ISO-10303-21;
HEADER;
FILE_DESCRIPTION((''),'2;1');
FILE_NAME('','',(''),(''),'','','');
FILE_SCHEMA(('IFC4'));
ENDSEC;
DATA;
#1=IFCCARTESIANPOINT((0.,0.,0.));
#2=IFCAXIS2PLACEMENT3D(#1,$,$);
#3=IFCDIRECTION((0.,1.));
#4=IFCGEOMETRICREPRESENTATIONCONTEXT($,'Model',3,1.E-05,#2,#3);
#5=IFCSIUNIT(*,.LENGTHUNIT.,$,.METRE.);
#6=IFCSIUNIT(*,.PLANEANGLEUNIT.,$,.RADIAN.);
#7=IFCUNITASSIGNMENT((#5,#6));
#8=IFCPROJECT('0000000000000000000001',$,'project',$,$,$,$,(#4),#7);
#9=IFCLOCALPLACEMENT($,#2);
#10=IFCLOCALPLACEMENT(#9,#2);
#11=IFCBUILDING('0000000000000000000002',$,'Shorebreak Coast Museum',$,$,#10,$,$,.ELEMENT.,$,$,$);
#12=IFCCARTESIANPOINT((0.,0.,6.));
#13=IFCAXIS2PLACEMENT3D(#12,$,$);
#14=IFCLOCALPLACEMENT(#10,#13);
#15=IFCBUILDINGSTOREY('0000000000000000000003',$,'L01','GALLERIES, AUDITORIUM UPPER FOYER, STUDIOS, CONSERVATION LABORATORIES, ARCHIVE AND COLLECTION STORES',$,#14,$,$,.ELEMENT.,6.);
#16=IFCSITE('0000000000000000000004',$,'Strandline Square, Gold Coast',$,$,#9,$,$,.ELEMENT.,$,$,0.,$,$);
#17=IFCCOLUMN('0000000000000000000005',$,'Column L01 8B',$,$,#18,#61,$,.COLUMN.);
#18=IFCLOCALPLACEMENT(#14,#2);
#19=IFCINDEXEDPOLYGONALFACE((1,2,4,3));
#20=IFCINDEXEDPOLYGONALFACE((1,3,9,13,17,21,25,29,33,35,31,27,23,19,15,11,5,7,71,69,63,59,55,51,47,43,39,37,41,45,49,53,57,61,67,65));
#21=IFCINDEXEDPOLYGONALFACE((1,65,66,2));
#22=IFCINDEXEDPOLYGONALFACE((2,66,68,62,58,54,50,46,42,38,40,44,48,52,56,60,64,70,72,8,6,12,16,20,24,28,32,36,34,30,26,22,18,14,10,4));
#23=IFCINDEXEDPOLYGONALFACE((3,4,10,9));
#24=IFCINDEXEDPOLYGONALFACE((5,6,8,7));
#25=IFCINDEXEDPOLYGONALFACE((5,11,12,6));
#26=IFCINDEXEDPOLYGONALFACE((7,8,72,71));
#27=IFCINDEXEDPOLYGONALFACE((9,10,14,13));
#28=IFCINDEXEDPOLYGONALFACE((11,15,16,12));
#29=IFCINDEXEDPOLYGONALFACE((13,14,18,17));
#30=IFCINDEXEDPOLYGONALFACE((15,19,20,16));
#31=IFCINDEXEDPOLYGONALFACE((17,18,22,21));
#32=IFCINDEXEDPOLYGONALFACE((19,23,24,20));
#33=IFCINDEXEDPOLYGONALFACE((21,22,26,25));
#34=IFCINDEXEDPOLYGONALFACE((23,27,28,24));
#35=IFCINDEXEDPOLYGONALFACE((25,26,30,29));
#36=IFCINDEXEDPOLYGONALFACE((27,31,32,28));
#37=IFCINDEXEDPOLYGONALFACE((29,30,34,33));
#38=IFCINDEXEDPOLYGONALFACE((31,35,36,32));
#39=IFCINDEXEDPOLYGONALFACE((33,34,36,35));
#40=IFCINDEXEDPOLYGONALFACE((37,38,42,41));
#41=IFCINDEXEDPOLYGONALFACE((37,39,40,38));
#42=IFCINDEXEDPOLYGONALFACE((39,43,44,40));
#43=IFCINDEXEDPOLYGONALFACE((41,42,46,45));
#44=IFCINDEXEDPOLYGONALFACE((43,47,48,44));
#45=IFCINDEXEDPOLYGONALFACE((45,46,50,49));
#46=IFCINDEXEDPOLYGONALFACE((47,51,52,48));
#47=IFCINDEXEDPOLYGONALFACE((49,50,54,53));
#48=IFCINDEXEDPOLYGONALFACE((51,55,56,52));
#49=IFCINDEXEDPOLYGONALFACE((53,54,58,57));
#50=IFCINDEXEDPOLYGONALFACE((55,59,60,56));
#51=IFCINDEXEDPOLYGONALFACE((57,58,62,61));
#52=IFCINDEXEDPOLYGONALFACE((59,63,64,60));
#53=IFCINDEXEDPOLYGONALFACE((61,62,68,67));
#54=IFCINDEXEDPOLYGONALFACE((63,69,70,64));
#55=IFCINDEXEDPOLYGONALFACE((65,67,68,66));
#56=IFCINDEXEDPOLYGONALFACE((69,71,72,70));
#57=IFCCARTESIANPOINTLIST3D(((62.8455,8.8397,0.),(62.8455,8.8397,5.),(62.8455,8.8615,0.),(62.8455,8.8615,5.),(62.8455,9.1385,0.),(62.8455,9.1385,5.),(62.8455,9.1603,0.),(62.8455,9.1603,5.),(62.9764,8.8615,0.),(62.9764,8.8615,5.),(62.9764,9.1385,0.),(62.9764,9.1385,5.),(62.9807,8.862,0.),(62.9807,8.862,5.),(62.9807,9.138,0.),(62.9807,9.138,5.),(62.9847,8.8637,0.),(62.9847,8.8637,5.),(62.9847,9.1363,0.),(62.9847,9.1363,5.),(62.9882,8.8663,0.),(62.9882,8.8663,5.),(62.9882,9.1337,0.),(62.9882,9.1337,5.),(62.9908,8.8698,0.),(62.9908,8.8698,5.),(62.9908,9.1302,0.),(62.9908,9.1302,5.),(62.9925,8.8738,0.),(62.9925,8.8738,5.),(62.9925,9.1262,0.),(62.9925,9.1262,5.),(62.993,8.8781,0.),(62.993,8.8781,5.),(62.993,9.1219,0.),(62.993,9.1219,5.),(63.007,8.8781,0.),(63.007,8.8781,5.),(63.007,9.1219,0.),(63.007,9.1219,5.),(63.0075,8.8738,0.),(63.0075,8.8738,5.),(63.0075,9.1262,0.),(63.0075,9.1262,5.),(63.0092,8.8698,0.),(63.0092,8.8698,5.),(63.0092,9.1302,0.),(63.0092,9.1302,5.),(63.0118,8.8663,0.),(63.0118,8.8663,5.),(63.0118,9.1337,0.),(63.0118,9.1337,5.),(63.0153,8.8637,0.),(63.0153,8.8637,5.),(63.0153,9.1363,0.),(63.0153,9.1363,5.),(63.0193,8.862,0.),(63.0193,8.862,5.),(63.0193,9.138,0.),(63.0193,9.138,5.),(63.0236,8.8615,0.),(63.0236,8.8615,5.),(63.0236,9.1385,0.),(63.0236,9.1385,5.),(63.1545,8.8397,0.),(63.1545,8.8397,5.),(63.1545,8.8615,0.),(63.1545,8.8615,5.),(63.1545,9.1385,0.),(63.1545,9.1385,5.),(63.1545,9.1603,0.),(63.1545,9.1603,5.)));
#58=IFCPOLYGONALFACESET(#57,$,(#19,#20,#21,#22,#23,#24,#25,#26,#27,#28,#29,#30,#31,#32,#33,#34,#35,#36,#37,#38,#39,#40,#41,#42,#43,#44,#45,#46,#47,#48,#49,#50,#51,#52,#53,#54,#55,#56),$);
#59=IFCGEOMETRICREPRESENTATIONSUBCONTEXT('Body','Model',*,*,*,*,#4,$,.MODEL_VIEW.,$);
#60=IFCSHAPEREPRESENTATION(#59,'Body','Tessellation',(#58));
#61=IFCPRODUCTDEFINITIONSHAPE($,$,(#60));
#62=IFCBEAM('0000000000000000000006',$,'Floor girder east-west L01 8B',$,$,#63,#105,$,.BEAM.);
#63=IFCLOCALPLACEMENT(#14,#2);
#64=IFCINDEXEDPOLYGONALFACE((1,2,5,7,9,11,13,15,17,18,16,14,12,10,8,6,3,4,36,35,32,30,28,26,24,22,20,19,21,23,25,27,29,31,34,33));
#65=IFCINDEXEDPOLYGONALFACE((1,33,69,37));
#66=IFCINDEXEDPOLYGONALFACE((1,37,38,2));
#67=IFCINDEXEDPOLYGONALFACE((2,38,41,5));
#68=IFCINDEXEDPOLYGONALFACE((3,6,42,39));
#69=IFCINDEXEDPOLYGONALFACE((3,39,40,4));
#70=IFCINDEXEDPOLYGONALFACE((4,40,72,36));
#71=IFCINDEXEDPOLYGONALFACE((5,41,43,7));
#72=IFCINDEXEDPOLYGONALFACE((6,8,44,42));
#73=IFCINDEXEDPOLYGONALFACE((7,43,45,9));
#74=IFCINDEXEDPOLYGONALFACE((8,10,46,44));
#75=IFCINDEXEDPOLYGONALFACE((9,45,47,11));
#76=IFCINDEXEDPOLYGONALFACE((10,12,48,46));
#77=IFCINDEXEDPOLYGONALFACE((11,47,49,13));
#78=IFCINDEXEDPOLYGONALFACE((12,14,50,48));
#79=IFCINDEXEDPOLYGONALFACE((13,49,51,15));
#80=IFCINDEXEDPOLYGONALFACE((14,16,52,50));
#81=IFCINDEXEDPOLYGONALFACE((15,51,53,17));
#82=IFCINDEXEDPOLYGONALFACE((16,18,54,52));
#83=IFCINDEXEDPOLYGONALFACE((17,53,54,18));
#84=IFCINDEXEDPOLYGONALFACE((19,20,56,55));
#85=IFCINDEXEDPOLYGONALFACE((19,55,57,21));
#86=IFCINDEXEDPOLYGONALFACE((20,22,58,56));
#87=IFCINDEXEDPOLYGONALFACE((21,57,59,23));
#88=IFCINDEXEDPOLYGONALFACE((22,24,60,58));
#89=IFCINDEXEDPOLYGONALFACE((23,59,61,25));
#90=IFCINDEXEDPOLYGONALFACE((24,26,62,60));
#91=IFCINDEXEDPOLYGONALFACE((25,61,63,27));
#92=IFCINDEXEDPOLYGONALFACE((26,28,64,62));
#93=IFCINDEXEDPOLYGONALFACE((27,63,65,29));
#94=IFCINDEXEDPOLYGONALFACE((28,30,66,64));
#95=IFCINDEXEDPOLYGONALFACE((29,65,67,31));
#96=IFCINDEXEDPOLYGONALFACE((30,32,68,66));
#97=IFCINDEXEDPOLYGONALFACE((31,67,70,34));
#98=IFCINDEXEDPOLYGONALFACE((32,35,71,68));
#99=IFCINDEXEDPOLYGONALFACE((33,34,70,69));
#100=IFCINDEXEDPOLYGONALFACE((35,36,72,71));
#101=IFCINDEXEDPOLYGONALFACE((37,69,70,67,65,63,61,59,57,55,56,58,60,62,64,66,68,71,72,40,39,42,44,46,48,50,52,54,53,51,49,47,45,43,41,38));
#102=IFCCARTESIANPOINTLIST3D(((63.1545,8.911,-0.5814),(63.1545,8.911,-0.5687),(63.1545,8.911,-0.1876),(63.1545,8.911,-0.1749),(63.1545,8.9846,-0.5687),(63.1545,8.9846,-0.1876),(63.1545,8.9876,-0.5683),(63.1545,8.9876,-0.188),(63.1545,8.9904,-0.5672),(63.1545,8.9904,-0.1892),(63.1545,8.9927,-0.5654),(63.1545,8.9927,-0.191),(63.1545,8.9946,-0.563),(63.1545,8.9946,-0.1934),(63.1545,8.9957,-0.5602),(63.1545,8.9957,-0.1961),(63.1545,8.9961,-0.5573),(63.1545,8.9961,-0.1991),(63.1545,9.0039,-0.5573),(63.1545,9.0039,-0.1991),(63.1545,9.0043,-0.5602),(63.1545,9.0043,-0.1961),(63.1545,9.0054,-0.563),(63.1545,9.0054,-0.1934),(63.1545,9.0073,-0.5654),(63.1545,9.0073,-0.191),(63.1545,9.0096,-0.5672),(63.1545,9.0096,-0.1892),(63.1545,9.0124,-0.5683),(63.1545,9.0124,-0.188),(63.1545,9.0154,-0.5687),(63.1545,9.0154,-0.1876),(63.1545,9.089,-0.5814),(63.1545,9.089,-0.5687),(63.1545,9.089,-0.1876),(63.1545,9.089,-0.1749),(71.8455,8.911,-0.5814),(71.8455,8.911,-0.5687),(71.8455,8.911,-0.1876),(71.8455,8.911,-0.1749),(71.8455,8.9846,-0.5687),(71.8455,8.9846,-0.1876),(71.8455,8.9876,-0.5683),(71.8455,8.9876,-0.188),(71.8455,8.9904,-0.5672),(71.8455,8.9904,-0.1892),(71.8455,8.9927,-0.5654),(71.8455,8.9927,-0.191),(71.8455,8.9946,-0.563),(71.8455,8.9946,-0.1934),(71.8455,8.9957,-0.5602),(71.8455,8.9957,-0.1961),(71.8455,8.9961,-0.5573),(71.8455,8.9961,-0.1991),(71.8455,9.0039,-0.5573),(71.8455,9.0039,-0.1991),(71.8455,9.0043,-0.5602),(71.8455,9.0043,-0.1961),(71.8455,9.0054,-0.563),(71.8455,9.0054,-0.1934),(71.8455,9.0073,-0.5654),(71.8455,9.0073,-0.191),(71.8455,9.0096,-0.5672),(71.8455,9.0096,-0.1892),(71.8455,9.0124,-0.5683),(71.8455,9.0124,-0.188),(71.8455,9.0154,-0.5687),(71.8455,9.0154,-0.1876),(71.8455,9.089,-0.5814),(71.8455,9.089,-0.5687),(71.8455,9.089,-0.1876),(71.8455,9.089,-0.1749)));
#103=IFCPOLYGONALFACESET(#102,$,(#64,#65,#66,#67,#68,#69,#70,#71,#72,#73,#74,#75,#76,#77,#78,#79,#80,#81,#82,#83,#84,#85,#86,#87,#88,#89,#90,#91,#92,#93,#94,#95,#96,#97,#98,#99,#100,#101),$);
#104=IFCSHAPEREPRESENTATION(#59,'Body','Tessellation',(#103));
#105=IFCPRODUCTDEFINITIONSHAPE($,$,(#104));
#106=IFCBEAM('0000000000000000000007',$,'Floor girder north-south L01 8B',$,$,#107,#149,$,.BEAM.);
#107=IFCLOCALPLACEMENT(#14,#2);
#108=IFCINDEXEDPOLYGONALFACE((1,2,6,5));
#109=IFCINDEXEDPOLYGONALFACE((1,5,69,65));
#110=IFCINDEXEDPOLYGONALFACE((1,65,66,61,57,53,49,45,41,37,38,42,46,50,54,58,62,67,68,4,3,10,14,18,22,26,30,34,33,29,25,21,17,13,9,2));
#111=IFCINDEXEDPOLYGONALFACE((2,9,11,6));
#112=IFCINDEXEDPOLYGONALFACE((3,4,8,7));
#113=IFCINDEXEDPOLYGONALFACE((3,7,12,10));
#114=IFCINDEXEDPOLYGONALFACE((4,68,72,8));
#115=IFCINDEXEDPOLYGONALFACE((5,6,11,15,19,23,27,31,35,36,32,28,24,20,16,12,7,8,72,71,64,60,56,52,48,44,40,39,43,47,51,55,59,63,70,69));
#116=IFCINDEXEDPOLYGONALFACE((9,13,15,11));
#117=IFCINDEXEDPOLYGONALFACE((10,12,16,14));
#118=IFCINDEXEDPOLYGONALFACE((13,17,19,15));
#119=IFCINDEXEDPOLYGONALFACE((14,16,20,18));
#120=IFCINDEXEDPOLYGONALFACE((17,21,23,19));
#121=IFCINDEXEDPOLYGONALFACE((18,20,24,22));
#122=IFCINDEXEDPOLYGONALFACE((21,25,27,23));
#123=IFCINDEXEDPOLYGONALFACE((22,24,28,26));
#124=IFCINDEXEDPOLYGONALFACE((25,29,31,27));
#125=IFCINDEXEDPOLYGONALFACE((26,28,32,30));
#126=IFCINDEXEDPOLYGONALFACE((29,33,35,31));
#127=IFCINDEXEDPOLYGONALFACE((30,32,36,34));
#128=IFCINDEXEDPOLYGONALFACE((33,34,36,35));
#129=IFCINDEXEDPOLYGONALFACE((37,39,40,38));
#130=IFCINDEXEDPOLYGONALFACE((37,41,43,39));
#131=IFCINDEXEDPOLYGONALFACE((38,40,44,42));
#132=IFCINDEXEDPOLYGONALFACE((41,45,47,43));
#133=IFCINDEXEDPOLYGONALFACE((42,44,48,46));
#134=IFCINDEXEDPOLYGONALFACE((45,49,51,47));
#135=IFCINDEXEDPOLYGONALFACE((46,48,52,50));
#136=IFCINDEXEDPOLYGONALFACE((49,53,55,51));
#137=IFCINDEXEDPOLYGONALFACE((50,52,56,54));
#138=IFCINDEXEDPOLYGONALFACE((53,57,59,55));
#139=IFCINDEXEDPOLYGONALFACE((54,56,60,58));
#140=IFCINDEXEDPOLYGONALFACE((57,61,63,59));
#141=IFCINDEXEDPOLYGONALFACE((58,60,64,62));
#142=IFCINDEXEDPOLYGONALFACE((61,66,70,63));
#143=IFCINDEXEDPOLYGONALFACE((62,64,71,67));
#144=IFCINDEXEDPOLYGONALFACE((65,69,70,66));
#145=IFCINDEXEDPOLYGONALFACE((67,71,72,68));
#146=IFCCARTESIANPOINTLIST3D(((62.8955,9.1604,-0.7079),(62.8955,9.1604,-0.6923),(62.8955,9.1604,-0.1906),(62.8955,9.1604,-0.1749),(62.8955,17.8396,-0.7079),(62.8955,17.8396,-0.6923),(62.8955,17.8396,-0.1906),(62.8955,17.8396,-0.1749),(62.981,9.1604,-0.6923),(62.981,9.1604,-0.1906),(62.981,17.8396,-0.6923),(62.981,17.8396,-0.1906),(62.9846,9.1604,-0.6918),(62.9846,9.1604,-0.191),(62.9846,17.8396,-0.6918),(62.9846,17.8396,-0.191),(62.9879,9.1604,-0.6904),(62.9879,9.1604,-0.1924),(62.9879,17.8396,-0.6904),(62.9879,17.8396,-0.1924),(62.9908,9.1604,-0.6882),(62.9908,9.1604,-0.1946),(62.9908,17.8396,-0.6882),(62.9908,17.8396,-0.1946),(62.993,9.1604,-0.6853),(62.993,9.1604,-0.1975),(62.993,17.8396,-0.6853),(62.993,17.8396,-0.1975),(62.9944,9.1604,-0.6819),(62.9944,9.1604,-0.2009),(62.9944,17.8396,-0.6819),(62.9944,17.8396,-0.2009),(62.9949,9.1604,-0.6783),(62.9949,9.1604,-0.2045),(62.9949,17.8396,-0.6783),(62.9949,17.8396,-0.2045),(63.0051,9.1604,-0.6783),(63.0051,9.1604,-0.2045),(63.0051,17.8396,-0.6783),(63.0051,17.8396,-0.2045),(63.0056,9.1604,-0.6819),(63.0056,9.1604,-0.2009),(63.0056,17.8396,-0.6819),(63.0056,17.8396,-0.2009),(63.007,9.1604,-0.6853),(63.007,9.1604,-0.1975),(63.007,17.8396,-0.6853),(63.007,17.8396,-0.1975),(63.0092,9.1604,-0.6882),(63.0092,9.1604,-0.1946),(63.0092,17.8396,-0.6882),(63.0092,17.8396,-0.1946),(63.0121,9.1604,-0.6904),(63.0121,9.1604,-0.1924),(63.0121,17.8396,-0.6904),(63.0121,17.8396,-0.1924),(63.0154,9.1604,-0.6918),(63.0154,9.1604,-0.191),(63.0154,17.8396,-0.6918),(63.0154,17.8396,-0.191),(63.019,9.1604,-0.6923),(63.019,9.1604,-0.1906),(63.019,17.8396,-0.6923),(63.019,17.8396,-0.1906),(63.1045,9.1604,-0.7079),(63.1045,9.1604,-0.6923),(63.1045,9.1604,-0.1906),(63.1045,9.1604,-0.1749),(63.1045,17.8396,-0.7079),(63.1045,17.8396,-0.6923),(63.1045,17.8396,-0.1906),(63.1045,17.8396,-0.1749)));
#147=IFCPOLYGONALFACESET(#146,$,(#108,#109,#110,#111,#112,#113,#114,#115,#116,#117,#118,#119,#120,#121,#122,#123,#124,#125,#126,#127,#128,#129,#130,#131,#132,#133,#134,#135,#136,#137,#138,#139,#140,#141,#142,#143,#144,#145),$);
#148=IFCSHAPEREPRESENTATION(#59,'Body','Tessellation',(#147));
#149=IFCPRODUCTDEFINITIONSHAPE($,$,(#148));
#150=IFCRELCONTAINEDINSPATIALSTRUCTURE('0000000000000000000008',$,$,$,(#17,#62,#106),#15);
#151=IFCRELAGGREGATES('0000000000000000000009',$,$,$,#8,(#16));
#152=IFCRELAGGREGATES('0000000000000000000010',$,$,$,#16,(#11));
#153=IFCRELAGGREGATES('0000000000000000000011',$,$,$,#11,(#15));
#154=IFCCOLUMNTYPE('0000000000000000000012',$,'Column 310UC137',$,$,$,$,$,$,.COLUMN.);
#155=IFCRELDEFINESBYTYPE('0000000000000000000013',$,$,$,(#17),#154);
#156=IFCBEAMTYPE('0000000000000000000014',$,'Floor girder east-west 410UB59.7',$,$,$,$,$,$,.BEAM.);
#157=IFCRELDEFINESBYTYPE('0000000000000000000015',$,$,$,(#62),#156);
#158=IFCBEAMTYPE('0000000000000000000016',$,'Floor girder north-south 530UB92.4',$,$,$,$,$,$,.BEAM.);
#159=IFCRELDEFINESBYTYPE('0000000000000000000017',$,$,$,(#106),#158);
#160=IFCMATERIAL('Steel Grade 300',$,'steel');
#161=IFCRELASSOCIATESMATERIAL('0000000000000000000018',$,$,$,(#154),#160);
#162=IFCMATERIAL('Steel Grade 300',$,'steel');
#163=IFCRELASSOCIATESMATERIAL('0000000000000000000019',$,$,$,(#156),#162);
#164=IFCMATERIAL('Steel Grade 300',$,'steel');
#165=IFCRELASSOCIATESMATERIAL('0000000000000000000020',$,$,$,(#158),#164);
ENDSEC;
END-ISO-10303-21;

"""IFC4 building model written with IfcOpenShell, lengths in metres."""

from ifc_helpers import new_model, si_unit, direction, frame, origin, origin_2d, place, context, subcontext, project, spatial, i_section, extrude, material, material_profile, profile_set, type_object, element, save


model = new_model("IFC4")

# Units and contexts
model_context = context("Model", 3, precision=1e-05, world=origin(), true_north=direction((0.0, 1.0)))
body_context = subcontext(model_context, "Body", "Model", "MODEL_VIEW")
ifc_project = project(units=[si_unit("LENGTHUNIT", "METRE"), si_unit("PLANEANGLEUNIT", "RADIAN")], contexts=[model_context])

# Site, building, storey
site_placement = place(None, origin())
site = spatial("IfcSite", under=ifc_project, at=site_placement, Name="Strandline Square, Gold Coast", CompositionType="ELEMENT", RefElevation=0.0)
building_placement = place(site_placement, origin())
building = spatial("IfcBuilding", under=site, at=building_placement, Name="Shorebreak Coast Museum", CompositionType="ELEMENT")
storey_placement = place(building_placement, frame((0.0, 0.0, 6.0)))
storey = spatial("IfcBuildingStorey", under=building, at=storey_placement, Name="L01", Description="GALLERIES, AUDITORIUM UPPER FOYER, STUDIOS, CONSERVATION LABORATORIES, ARCHIVE AND COLLECTION STORES", CompositionType="ELEMENT", Elevation=6.0)

# Column
ifc_material_1 = material(Name="Steel Grade 300", Category="steel")
ifc_material_profile_1 = material_profile(ifc_material_1, i_section(OverallWidth=0.3091, OverallDepth=0.3206, WebThickness=0.0139, FlangeThickness=0.0217, FilletRadius=0.0166, at=origin_2d()), Name="310UC137")
ifc_profile_set_1 = profile_set([ifc_material_profile_1], Name="Steel Grade 300")
column_type = type_object("IfcColumnType", Name="Column 310UC137", PredefinedType="COLUMN", material=ifc_profile_set_1)
column_placement = place(storey_placement, frame((63.0, 9.0, 0.0), z_axis=(0.0, 0.0, 1.0), x_axis=(1.0, 0.0, 0.0)))
element("IfcColumn", 1, at=column_placement, inside=storey, type_object=column_type, Name="Column L01 8B", PredefinedType="COLUMN", context=body_context, shape_type="SweptSolid", body=[
    extrude(i_section(OverallWidth=0.3091, OverallDepth=0.3206, WebThickness=0.0139, FlangeThickness=0.0217, FilletRadius=0.0166, at=origin_2d()), origin(), (0.0, 0.0, 1.0), 5.0),
])

# Beams
ifc_material_2 = material(Name="Steel Grade 300", Category="steel")
ifc_material_profile_2 = material_profile(ifc_material_2, i_section(OverallWidth=0.178, OverallDepth=0.4065, WebThickness=0.0078, FlangeThickness=0.0127, FilletRadius=0.0115, at=origin_2d()), Name="410UB59.7")
ifc_profile_set_2 = profile_set([ifc_material_profile_2], Name="Steel Grade 300")
beam_type_1 = type_object("IfcBeamType", Name="Floor girder east-west 410UB59.7", PredefinedType="BEAM", material=ifc_profile_set_2)
beam_1_placement = place(storey_placement, frame((63.1545, 9.0, -0.3782), z_axis=(1.0, 0.0, 0.0), x_axis=(0.0, 1.0, 0.0)))
element("IfcBeam", 2, at=beam_1_placement, inside=storey, type_object=beam_type_1, Name="Floor girder east-west L01 8B", PredefinedType="BEAM", context=body_context, shape_type="SweptSolid", body=[
    extrude(i_section(OverallWidth=0.178, OverallDepth=0.4065, WebThickness=0.0078, FlangeThickness=0.0127, FilletRadius=0.0115, at=origin_2d()), origin(), (0.0, 0.0, 1.0), 8.6909),
])
ifc_material_3 = material(Name="Steel Grade 300", Category="steel")
ifc_material_profile_3 = material_profile(ifc_material_3, i_section(OverallWidth=0.209, OverallDepth=0.533, WebThickness=0.0103, FlangeThickness=0.0156, FilletRadius=0.0139, at=origin_2d()), Name="530UB92.4")
ifc_profile_set_3 = profile_set([ifc_material_profile_3], Name="Steel Grade 300")
beam_type_2 = type_object("IfcBeamType", Name="Floor girder north-south 530UB92.4", PredefinedType="BEAM", material=ifc_profile_set_3)
beam_2_placement = place(storey_placement, frame((63.0, 9.1604, -0.4414), z_axis=(0.0, 1.0, 0.0), x_axis=(-1.0, 0.0, 0.0)))
element("IfcBeam", 3, at=beam_2_placement, inside=storey, type_object=beam_type_2, Name="Floor girder north-south L01 8B", PredefinedType="BEAM", context=body_context, shape_type="SweptSolid", body=[
    extrude(i_section(OverallWidth=0.209, OverallDepth=0.533, WebThickness=0.0103, FlangeThickness=0.0156, FilletRadius=0.0139, at=origin_2d()), origin(), (0.0, 0.0, 1.0), 8.6792),
])

save(model, "model.ifc")
